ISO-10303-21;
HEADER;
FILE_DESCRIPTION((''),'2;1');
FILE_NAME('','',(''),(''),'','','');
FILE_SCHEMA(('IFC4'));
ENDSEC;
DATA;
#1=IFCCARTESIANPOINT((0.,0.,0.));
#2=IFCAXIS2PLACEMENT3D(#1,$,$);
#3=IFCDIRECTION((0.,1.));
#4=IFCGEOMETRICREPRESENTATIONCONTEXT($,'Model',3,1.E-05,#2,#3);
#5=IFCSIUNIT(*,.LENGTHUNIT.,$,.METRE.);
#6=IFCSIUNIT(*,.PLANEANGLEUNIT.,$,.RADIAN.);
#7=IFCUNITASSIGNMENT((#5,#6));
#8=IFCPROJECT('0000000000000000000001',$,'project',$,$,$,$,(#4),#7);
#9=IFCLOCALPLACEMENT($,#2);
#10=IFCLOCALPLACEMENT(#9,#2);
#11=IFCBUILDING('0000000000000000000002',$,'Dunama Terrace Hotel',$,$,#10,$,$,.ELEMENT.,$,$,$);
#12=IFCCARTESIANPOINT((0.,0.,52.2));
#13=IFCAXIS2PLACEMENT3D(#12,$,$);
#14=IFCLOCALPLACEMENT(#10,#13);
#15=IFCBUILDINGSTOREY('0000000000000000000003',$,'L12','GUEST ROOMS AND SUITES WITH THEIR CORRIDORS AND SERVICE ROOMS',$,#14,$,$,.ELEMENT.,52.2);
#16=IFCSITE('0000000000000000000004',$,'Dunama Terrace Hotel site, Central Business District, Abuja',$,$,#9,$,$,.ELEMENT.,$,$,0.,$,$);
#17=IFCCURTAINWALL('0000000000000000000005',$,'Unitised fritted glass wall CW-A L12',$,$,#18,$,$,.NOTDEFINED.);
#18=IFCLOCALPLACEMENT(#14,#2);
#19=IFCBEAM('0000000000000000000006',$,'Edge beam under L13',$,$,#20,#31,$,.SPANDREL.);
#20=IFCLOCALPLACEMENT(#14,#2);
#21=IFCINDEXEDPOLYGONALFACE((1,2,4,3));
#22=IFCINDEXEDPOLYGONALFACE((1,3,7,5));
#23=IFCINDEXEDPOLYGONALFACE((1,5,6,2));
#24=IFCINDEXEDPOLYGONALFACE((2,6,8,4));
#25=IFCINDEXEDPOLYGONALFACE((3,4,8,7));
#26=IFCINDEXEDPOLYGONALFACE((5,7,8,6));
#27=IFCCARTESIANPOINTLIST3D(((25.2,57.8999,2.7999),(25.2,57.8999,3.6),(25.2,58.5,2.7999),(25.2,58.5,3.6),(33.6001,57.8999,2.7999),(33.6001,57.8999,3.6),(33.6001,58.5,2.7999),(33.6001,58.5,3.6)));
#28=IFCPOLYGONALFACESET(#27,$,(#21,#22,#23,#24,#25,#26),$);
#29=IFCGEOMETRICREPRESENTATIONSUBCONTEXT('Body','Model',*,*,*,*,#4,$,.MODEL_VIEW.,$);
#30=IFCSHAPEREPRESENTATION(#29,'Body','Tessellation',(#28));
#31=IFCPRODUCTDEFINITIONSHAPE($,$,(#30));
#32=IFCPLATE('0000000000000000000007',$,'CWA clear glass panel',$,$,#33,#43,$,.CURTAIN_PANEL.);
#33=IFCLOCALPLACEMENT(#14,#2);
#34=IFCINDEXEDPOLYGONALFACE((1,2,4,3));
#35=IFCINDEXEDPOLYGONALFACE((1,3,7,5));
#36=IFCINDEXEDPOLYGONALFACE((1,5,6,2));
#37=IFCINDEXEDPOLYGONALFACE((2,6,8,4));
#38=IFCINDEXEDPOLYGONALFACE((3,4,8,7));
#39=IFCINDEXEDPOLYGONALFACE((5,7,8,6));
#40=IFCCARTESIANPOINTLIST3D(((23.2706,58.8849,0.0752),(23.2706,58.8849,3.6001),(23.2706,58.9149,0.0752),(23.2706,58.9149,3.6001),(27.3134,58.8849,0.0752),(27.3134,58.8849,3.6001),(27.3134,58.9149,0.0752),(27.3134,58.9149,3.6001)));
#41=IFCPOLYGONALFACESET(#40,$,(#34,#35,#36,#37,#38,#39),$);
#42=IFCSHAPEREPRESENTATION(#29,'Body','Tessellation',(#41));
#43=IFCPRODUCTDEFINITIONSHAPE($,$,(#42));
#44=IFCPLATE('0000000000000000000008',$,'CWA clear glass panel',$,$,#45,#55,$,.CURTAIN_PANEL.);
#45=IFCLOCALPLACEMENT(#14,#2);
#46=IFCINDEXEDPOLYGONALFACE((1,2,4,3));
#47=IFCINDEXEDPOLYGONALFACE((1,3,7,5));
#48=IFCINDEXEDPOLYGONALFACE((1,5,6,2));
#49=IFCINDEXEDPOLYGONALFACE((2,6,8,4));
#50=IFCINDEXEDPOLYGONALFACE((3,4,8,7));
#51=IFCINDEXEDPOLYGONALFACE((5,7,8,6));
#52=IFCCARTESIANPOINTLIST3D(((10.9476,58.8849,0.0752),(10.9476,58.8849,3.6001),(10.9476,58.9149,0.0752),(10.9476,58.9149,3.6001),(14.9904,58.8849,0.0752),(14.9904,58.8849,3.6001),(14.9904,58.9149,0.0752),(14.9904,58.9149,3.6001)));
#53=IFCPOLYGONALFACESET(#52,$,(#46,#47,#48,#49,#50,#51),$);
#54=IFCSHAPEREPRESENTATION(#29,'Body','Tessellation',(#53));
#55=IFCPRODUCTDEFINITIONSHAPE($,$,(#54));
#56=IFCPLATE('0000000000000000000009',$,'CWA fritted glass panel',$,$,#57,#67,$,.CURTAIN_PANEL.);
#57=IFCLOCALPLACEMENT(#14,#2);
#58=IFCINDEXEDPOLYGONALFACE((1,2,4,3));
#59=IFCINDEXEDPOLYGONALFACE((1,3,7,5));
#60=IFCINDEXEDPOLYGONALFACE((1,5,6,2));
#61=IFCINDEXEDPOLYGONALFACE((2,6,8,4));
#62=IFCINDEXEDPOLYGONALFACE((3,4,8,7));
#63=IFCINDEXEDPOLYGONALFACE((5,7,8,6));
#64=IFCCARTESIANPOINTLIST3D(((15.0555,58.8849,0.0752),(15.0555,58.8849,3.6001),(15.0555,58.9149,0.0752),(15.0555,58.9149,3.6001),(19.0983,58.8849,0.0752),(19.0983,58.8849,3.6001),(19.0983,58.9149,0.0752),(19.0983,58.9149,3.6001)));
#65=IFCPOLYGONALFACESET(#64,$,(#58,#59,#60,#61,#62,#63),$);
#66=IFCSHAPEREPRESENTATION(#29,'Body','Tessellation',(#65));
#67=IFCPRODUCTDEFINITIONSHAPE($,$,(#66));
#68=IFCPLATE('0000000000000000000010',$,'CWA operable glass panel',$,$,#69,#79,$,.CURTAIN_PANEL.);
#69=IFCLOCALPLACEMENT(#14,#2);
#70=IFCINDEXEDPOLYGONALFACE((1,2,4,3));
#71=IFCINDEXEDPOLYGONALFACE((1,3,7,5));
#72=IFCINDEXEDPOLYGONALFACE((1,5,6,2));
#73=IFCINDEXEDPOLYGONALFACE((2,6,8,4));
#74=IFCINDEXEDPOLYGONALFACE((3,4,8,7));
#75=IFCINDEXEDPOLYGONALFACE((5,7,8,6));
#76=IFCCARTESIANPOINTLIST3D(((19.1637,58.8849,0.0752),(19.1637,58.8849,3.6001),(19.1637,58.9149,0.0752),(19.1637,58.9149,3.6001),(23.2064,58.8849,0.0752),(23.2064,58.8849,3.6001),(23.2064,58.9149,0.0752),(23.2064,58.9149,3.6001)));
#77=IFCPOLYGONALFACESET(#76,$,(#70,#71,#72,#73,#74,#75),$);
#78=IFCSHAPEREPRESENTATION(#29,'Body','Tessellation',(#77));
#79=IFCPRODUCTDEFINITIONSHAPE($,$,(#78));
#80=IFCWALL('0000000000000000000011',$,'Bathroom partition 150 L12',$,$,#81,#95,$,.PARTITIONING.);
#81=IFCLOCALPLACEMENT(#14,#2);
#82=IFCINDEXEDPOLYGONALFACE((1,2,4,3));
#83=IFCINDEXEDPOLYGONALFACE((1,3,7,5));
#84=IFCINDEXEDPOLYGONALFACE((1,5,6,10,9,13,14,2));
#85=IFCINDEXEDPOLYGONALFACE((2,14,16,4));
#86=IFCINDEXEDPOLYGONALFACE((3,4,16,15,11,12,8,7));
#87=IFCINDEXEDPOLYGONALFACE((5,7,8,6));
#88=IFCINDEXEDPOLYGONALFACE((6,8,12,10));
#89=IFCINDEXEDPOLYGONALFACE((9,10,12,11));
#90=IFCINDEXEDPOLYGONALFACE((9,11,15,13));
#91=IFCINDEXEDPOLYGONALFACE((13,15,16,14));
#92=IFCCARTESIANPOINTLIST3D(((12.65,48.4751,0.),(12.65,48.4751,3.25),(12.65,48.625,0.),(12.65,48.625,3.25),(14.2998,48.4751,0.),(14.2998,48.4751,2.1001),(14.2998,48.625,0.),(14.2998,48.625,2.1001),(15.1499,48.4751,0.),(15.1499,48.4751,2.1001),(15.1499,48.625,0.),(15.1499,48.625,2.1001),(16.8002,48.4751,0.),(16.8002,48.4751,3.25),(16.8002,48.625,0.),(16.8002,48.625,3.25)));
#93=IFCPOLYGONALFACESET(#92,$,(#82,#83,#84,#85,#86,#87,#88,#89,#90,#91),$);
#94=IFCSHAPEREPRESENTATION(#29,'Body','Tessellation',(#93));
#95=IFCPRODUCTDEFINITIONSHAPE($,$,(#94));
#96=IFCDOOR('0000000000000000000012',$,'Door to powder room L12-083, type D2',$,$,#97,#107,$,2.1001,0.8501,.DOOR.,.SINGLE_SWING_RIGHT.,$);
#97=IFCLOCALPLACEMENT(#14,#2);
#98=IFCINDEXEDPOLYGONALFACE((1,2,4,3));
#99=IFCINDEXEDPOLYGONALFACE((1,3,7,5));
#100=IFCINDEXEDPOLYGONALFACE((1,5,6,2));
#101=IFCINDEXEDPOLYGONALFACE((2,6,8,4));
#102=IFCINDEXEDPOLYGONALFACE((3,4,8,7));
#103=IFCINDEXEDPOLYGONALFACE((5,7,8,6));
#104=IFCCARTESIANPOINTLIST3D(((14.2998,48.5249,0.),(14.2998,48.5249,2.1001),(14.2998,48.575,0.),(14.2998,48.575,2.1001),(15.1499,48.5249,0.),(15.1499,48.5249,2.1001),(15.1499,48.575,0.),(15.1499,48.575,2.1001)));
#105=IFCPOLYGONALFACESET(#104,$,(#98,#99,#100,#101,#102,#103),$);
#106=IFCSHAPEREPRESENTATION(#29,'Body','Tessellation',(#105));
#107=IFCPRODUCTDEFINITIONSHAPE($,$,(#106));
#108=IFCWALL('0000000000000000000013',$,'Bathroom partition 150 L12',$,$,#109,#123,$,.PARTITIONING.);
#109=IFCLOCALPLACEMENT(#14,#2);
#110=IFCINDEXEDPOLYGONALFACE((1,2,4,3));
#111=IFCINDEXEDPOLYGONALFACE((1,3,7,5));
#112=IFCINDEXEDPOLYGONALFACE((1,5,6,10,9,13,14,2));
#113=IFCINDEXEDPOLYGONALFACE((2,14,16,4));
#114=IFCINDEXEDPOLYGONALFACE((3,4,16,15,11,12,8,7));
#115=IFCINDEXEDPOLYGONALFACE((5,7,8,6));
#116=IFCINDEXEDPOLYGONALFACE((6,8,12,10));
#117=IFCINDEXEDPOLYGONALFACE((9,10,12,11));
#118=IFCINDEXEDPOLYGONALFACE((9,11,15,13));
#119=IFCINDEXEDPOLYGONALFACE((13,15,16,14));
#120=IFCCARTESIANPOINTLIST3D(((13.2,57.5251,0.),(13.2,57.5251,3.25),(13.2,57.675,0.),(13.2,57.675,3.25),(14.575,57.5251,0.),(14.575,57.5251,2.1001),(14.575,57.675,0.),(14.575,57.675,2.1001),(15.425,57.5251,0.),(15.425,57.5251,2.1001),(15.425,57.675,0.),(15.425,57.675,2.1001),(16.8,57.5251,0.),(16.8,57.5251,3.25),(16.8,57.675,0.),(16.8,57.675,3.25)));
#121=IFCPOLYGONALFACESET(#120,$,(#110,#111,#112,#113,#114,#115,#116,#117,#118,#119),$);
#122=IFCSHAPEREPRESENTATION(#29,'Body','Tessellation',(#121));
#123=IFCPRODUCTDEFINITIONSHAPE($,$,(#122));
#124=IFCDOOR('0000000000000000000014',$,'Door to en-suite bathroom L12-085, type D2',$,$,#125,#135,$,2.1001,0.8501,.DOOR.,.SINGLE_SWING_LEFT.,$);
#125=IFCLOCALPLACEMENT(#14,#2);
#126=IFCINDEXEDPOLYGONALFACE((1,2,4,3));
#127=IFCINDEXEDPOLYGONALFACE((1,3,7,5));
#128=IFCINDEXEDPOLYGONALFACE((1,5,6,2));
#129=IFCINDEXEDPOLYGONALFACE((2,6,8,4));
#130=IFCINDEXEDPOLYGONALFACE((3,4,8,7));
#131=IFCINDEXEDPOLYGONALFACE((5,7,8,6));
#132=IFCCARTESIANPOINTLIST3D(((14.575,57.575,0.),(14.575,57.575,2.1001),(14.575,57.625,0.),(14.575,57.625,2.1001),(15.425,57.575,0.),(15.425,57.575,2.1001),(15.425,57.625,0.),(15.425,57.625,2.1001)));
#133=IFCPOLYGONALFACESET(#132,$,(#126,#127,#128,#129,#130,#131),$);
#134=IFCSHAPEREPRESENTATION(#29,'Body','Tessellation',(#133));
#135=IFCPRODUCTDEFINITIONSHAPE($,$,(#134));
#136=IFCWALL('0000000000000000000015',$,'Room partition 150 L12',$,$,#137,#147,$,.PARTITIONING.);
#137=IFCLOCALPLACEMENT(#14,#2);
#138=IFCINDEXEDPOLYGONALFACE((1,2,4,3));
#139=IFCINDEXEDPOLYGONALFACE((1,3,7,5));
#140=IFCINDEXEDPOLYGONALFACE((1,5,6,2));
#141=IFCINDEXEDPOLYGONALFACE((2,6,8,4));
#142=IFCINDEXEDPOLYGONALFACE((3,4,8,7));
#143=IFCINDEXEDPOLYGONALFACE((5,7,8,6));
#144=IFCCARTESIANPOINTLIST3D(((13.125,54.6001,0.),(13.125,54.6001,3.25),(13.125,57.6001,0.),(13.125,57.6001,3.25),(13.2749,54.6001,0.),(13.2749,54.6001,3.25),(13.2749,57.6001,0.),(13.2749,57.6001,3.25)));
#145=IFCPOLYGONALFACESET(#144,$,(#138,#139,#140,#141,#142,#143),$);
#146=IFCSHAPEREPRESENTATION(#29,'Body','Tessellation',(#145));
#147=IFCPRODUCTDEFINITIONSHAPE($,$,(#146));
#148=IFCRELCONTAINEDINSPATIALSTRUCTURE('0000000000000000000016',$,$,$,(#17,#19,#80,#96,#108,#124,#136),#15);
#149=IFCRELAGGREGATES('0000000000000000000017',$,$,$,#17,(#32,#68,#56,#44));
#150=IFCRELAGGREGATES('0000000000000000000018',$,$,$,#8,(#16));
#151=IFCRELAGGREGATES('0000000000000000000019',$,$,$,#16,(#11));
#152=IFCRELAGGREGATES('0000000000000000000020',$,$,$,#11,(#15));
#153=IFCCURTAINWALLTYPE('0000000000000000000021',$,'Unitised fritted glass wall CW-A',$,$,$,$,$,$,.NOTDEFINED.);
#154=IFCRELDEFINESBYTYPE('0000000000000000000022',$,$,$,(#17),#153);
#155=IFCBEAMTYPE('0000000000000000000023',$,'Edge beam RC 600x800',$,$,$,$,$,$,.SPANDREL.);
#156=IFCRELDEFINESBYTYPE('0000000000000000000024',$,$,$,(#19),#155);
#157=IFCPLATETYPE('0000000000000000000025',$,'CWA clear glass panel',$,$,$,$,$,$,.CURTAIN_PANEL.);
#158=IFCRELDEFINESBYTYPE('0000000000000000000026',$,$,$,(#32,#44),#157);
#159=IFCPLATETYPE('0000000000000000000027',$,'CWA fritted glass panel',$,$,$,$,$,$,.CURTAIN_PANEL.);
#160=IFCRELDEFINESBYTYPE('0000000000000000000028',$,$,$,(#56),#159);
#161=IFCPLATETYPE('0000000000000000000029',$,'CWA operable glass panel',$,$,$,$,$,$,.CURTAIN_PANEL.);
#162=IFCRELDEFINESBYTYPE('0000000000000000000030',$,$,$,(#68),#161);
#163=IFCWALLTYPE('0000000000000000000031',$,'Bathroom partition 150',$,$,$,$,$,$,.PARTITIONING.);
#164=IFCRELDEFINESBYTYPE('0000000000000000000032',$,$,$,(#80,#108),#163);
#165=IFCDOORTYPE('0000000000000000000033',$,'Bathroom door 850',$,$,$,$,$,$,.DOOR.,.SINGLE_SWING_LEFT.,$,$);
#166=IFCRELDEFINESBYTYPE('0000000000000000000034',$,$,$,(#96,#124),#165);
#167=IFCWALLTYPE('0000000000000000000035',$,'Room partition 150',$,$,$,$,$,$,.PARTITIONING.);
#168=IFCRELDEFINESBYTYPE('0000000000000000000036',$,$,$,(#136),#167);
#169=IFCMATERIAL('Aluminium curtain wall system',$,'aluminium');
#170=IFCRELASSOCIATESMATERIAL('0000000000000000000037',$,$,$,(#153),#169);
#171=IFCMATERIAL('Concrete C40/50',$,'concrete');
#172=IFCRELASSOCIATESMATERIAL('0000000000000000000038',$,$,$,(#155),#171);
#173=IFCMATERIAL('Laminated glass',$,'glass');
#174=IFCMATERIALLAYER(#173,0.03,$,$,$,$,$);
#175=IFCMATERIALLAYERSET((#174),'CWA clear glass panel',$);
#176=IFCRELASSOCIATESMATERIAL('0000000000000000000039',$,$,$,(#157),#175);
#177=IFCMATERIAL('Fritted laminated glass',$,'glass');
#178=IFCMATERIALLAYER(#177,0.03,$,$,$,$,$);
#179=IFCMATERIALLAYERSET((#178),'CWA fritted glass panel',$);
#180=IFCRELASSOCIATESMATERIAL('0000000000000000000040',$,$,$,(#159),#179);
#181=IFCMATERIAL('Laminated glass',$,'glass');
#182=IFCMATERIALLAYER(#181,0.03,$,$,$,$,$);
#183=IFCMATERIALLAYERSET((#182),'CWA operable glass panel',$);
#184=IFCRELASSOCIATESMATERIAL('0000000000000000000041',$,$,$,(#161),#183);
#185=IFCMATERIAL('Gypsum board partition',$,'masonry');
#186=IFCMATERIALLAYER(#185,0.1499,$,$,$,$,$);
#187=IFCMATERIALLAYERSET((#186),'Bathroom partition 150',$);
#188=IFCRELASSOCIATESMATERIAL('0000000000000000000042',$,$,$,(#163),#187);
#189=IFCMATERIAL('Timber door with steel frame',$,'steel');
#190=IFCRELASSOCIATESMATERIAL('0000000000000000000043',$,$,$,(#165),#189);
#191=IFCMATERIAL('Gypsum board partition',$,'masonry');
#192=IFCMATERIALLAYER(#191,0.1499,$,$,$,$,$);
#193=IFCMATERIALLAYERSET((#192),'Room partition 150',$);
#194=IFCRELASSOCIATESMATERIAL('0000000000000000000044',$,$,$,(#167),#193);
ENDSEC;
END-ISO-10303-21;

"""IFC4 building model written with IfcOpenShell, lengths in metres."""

from ifc_helpers import new_model, si_unit, direction, frame, frame_2d, origin, origin_2d, place, context, subcontext, project, spatial, rectangle, extrude, material, layer, layer_set, material_profile, profile_set, type_object, element, fill, aggregate, save


model = new_model("IFC4")

# Units and contexts
model_context = context("Model", 3, precision=1e-05, world=origin(), true_north=direction((0.0, 1.0)))
body_context = subcontext(model_context, "Body", "Model", "MODEL_VIEW")
ifc_project = project(units=[si_unit("LENGTHUNIT", "METRE"), si_unit("PLANEANGLEUNIT", "RADIAN")], contexts=[model_context])

# Site, building, storey
site_placement = place(None, origin())
site = spatial("IfcSite", under=ifc_project, at=site_placement, Name="Dunama Terrace Hotel site, Central Business District, Abuja", CompositionType="ELEMENT", RefElevation=0.0)
building_placement = place(site_placement, origin())
building = spatial("IfcBuilding", under=site, at=building_placement, Name="Dunama Terrace Hotel", CompositionType="ELEMENT")
storey_placement = place(building_placement, frame((0.0, 0.0, 52.2)))
storey = spatial("IfcBuildingStorey", under=building, at=storey_placement, Name="L12", Description="GUEST ROOMS AND SUITES WITH THEIR CORRIDORS AND SERVICE ROOMS", CompositionType="ELEMENT", Elevation=52.2)

# Curtain wall
ifc_material_1 = material(Name="Aluminium curtain wall system", Category="aluminium")
curtain_wall_type = type_object("IfcCurtainWallType", Name="Unitised fritted glass wall CW-A", PredefinedType="NOTDEFINED", material=ifc_material_1)
curtain_wall_placement = place(storey_placement, origin())
curtain_wall = element("IfcCurtainWall", 1, at=curtain_wall_placement, inside=storey, type_object=curtain_wall_type, Name="Unitised fritted glass wall CW-A L12", PredefinedType="NOTDEFINED")

# Beam
ifc_material_2 = material(Name="Concrete C40/50", Category="concrete")
ifc_material_profile_1 = material_profile(ifc_material_2, rectangle(XDim=0.6001, YDim=0.8, at=origin_2d()), Name="RC 600x800")
ifc_profile_set_1 = profile_set([ifc_material_profile_1], Name="Concrete C40/50")
beam_type = type_object("IfcBeamType", Name="Edge beam RC 600x800", PredefinedType="SPANDREL", material=ifc_profile_set_1)
beam_1_placement = place(storey_placement, frame((25.2, 58.2, 3.2), z_axis=(1.0, 0.0, 0.0), x_axis=(0.0, 1.0, 0.0)))
element("IfcBeam", 2, at=beam_1_placement, inside=storey, type_object=beam_type, Name="Edge beam under L13", PredefinedType="SPANDREL", context=body_context, shape_type="SweptSolid", body=[
    extrude(rectangle(XDim=0.6001, YDim=0.8, at=origin_2d()), origin(), (0.0, 0.0, 1.0), 8.4001),
])

# Plates
ifc_material_3 = material(Name="Laminated glass", Category="glass")
ifc_layer_1 = layer(ifc_material_3, 0.03)
ifc_layer_set_1 = layer_set([ifc_layer_1], Name="CWA clear glass panel")
plate_type_1 = type_object("IfcPlateType", Name="CWA clear glass panel", PredefinedType="CURTAIN_PANEL", material=ifc_layer_set_1)
plate_1_placement = place(storey_placement, frame((25.292, 58.8999, 0.0752), z_axis=(0.0, 0.0, 1.0), x_axis=(-1.0, 0.0, 0.0)))
plate_1 = element("IfcPlate", 3, at=plate_1_placement, type_object=plate_type_1, Name="CWA clear glass panel", PredefinedType="CURTAIN_PANEL", context=body_context, shape_type="SweptSolid", body=[
    extrude(rectangle(XDim=4.0427, YDim=0.03, at=origin_2d()), origin(), (0.0, 0.0, 1.0), 3.5249),
])
plate_2_placement = place(storey_placement, frame((12.969, 58.8999, 0.0752), z_axis=(0.0, 0.0, 1.0), x_axis=(-1.0, 0.0, 0.0)))
plate_2 = element("IfcPlate", 4, at=plate_2_placement, type_object=plate_type_1, Name="CWA clear glass panel", PredefinedType="CURTAIN_PANEL", context=body_context, shape_type="SweptSolid", body=[
    extrude(rectangle(XDim=4.0427, YDim=0.03, at=origin_2d()), origin(), (0.0, 0.0, 1.0), 3.5249),
])
ifc_material_4 = material(Name="Fritted laminated glass", Category="glass")
ifc_layer_2 = layer(ifc_material_4, 0.03)
ifc_layer_set_2 = layer_set([ifc_layer_2], Name="CWA fritted glass panel")
plate_type_2 = type_object("IfcPlateType", Name="CWA fritted glass panel", PredefinedType="CURTAIN_PANEL", material=ifc_layer_set_2)
plate_3_placement = place(storey_placement, frame((17.0769, 58.8999, 0.0752), z_axis=(0.0, 0.0, 1.0), x_axis=(-1.0, 0.0, 0.0)))
plate_3 = element("IfcPlate", 5, at=plate_3_placement, type_object=plate_type_2, Name="CWA fritted glass panel", PredefinedType="CURTAIN_PANEL", context=body_context, shape_type="SweptSolid", body=[
    extrude(rectangle(XDim=4.0427, YDim=0.03, at=origin_2d()), origin(), (0.0, 0.0, 1.0), 3.5249),
])
ifc_material_5 = material(Name="Laminated glass", Category="glass")
ifc_layer_3 = layer(ifc_material_5, 0.03)
ifc_layer_set_3 = layer_set([ifc_layer_3], Name="CWA operable glass panel")
plate_type_3 = type_object("IfcPlateType", Name="CWA operable glass panel", PredefinedType="CURTAIN_PANEL", material=ifc_layer_set_3)
plate_4_placement = place(storey_placement, frame((21.1851, 58.8999, 0.0752), z_axis=(0.0, 0.0, 1.0), x_axis=(-1.0, 0.0, 0.0)))
plate_4 = element("IfcPlate", 6, at=plate_4_placement, type_object=plate_type_3, Name="CWA operable glass panel", PredefinedType="CURTAIN_PANEL", context=body_context, shape_type="SweptSolid", body=[
    extrude(rectangle(XDim=4.0427, YDim=0.03, at=origin_2d()), origin(), (0.0, 0.0, 1.0), 3.5249),
])
aggregate(curtain_wall, [plate_1, plate_4, plate_3, plate_2])

# Walls, openings, doors
ifc_material_6 = material(Name="Gypsum board partition", Category="masonry")
ifc_layer_4 = layer(ifc_material_6, 0.1499)
ifc_layer_set_4 = layer_set([ifc_layer_4], Name="Bathroom partition 150")
wall_type_1 = type_object("IfcWallType", Name="Bathroom partition 150", PredefinedType="PARTITIONING", material=ifc_layer_set_4)
wall_1_placement = place(storey_placement, frame((12.6499, 48.55, 0.0), z_axis=(0.0, 0.0, 1.0), x_axis=(1.0, 0.0, 0.0)))
wall_1 = element("IfcWall", 7, at=wall_1_placement, inside=storey, type_object=wall_type_1, Name="Bathroom partition 150 L12", PredefinedType="PARTITIONING", context=body_context, shape_type="SweptSolid", body=[
    extrude(rectangle(XDim=4.1501, YDim=0.1499, at=frame_2d((2.0752, 0.0))), origin(), (0.0, 0.0, 1.0), 3.25),
])
opening_1_placement = place(wall_1_placement, frame((1.6499, 0.0, 0.0)))
opening_1 = element("IfcOpeningElement", 8, at=opening_1_placement, cuts=wall_1, PredefinedType="OPENING", context=body_context, shape_type="SweptSolid", body=[
    extrude(rectangle(XDim=0.8501, YDim=2.1001, at=frame_2d((0.425, 1.05))), frame((0.0, 0.085, 0.0), z_axis=(0.0, -1.0, 0.0), x_axis=(1.0, 0.0, 0.0)), (0.0, 0.0, 1.0), 0.1699),
])
ifc_material_7 = material(Name="Timber door with steel frame", Category="steel")
door_type_1 = type_object("IfcDoorType", Name="Bathroom door 850", OperationType="SINGLE_SWING_LEFT", PredefinedType="DOOR", material=ifc_material_7)
door_1_placement = place(opening_1_placement, frame((0.8501, 0.0, 0.0), z_axis=(0.0, 0.0, 1.0), x_axis=(-1.0, 0.0, 0.0)))
door_1 = element("IfcDoor", 9, at=door_1_placement, inside=storey, type_object=door_type_1, Name="Door to powder room L12-083, type D2", OperationType="SINGLE_SWING_RIGHT", OverallHeight=2.1001, OverallWidth=0.8501, PredefinedType="DOOR", context=body_context, shape_type="SweptSolid", body=[
    extrude(rectangle(XDim=0.8501, YDim=2.1001, at=frame_2d((0.425, 1.05))), frame((0.0, 0.0251, 0.0), z_axis=(0.0, -1.0, 0.0), x_axis=(1.0, 0.0, 0.0)), (0.0, 0.0, 1.0), 0.05),
])
fill(opening_1, door_1)
wall_2_placement = place(storey_placement, frame((13.2, 57.6001, 0.0), z_axis=(0.0, 0.0, 1.0), x_axis=(1.0, 0.0, 0.0)))
wall_2 = element("IfcWall", 10, at=wall_2_placement, inside=storey, type_object=wall_type_1, Name="Bathroom partition 150 L12", PredefinedType="PARTITIONING", context=body_context, shape_type="SweptSolid", body=[
    extrude(rectangle(XDim=3.6001, YDim=0.1499, at=frame_2d((1.8, 0.0))), origin(), (0.0, 0.0, 1.0), 3.25),
])
opening_2_placement = place(wall_2_placement, frame((1.375, 0.0, 0.0)))
opening_2 = element("IfcOpeningElement", 11, at=opening_2_placement, cuts=wall_2, PredefinedType="OPENING", context=body_context, shape_type="SweptSolid", body=[
    extrude(rectangle(XDim=0.8501, YDim=2.1001, at=frame_2d((0.425, 1.05))), frame((0.0, 0.085, 0.0), z_axis=(0.0, -1.0, 0.0), x_axis=(1.0, 0.0, 0.0)), (0.0, 0.0, 1.0), 0.1699),
])
door_2_placement = place(opening_2_placement, frame((0.8501, 0.0, 0.0), z_axis=(0.0, 0.0, 1.0), x_axis=(-1.0, 0.0, 0.0)))
door_2 = element("IfcDoor", 12, at=door_2_placement, inside=storey, type_object=door_type_1, Name="Door to en-suite bathroom L12-085, type D2", OperationType="SINGLE_SWING_LEFT", OverallHeight=2.1001, OverallWidth=0.8501, PredefinedType="DOOR", context=body_context, shape_type="SweptSolid", body=[
    extrude(rectangle(XDim=0.8501, YDim=2.1001, at=frame_2d((0.425, 1.05))), frame((0.0, 0.0251, 0.0), z_axis=(0.0, -1.0, 0.0), x_axis=(1.0, 0.0, 0.0)), (0.0, 0.0, 1.0), 0.05),
])
fill(opening_2, door_2)

# Wall
ifc_material_8 = material(Name="Gypsum board partition", Category="masonry")
ifc_layer_5 = layer(ifc_material_8, 0.1499)
ifc_layer_set_5 = layer_set([ifc_layer_5], Name="Room partition 150")
wall_type_2 = type_object("IfcWallType", Name="Room partition 150", PredefinedType="PARTITIONING", material=ifc_layer_set_5)
wall_3_placement = place(storey_placement, frame((13.2, 54.6001, 0.0), z_axis=(0.0, 0.0, 1.0), x_axis=(0.0, 1.0, 0.0)))
element("IfcWall", 13, at=wall_3_placement, inside=storey, type_object=wall_type_2, Name="Room partition 150 L12", PredefinedType="PARTITIONING", context=body_context, shape_type="SweptSolid", body=[
    extrude(rectangle(XDim=3.0, YDim=0.1499, at=frame_2d((1.5, 0.0))), origin(), (0.0, 0.0, 1.0), 3.25),
])

save(model, "model.ifc")
